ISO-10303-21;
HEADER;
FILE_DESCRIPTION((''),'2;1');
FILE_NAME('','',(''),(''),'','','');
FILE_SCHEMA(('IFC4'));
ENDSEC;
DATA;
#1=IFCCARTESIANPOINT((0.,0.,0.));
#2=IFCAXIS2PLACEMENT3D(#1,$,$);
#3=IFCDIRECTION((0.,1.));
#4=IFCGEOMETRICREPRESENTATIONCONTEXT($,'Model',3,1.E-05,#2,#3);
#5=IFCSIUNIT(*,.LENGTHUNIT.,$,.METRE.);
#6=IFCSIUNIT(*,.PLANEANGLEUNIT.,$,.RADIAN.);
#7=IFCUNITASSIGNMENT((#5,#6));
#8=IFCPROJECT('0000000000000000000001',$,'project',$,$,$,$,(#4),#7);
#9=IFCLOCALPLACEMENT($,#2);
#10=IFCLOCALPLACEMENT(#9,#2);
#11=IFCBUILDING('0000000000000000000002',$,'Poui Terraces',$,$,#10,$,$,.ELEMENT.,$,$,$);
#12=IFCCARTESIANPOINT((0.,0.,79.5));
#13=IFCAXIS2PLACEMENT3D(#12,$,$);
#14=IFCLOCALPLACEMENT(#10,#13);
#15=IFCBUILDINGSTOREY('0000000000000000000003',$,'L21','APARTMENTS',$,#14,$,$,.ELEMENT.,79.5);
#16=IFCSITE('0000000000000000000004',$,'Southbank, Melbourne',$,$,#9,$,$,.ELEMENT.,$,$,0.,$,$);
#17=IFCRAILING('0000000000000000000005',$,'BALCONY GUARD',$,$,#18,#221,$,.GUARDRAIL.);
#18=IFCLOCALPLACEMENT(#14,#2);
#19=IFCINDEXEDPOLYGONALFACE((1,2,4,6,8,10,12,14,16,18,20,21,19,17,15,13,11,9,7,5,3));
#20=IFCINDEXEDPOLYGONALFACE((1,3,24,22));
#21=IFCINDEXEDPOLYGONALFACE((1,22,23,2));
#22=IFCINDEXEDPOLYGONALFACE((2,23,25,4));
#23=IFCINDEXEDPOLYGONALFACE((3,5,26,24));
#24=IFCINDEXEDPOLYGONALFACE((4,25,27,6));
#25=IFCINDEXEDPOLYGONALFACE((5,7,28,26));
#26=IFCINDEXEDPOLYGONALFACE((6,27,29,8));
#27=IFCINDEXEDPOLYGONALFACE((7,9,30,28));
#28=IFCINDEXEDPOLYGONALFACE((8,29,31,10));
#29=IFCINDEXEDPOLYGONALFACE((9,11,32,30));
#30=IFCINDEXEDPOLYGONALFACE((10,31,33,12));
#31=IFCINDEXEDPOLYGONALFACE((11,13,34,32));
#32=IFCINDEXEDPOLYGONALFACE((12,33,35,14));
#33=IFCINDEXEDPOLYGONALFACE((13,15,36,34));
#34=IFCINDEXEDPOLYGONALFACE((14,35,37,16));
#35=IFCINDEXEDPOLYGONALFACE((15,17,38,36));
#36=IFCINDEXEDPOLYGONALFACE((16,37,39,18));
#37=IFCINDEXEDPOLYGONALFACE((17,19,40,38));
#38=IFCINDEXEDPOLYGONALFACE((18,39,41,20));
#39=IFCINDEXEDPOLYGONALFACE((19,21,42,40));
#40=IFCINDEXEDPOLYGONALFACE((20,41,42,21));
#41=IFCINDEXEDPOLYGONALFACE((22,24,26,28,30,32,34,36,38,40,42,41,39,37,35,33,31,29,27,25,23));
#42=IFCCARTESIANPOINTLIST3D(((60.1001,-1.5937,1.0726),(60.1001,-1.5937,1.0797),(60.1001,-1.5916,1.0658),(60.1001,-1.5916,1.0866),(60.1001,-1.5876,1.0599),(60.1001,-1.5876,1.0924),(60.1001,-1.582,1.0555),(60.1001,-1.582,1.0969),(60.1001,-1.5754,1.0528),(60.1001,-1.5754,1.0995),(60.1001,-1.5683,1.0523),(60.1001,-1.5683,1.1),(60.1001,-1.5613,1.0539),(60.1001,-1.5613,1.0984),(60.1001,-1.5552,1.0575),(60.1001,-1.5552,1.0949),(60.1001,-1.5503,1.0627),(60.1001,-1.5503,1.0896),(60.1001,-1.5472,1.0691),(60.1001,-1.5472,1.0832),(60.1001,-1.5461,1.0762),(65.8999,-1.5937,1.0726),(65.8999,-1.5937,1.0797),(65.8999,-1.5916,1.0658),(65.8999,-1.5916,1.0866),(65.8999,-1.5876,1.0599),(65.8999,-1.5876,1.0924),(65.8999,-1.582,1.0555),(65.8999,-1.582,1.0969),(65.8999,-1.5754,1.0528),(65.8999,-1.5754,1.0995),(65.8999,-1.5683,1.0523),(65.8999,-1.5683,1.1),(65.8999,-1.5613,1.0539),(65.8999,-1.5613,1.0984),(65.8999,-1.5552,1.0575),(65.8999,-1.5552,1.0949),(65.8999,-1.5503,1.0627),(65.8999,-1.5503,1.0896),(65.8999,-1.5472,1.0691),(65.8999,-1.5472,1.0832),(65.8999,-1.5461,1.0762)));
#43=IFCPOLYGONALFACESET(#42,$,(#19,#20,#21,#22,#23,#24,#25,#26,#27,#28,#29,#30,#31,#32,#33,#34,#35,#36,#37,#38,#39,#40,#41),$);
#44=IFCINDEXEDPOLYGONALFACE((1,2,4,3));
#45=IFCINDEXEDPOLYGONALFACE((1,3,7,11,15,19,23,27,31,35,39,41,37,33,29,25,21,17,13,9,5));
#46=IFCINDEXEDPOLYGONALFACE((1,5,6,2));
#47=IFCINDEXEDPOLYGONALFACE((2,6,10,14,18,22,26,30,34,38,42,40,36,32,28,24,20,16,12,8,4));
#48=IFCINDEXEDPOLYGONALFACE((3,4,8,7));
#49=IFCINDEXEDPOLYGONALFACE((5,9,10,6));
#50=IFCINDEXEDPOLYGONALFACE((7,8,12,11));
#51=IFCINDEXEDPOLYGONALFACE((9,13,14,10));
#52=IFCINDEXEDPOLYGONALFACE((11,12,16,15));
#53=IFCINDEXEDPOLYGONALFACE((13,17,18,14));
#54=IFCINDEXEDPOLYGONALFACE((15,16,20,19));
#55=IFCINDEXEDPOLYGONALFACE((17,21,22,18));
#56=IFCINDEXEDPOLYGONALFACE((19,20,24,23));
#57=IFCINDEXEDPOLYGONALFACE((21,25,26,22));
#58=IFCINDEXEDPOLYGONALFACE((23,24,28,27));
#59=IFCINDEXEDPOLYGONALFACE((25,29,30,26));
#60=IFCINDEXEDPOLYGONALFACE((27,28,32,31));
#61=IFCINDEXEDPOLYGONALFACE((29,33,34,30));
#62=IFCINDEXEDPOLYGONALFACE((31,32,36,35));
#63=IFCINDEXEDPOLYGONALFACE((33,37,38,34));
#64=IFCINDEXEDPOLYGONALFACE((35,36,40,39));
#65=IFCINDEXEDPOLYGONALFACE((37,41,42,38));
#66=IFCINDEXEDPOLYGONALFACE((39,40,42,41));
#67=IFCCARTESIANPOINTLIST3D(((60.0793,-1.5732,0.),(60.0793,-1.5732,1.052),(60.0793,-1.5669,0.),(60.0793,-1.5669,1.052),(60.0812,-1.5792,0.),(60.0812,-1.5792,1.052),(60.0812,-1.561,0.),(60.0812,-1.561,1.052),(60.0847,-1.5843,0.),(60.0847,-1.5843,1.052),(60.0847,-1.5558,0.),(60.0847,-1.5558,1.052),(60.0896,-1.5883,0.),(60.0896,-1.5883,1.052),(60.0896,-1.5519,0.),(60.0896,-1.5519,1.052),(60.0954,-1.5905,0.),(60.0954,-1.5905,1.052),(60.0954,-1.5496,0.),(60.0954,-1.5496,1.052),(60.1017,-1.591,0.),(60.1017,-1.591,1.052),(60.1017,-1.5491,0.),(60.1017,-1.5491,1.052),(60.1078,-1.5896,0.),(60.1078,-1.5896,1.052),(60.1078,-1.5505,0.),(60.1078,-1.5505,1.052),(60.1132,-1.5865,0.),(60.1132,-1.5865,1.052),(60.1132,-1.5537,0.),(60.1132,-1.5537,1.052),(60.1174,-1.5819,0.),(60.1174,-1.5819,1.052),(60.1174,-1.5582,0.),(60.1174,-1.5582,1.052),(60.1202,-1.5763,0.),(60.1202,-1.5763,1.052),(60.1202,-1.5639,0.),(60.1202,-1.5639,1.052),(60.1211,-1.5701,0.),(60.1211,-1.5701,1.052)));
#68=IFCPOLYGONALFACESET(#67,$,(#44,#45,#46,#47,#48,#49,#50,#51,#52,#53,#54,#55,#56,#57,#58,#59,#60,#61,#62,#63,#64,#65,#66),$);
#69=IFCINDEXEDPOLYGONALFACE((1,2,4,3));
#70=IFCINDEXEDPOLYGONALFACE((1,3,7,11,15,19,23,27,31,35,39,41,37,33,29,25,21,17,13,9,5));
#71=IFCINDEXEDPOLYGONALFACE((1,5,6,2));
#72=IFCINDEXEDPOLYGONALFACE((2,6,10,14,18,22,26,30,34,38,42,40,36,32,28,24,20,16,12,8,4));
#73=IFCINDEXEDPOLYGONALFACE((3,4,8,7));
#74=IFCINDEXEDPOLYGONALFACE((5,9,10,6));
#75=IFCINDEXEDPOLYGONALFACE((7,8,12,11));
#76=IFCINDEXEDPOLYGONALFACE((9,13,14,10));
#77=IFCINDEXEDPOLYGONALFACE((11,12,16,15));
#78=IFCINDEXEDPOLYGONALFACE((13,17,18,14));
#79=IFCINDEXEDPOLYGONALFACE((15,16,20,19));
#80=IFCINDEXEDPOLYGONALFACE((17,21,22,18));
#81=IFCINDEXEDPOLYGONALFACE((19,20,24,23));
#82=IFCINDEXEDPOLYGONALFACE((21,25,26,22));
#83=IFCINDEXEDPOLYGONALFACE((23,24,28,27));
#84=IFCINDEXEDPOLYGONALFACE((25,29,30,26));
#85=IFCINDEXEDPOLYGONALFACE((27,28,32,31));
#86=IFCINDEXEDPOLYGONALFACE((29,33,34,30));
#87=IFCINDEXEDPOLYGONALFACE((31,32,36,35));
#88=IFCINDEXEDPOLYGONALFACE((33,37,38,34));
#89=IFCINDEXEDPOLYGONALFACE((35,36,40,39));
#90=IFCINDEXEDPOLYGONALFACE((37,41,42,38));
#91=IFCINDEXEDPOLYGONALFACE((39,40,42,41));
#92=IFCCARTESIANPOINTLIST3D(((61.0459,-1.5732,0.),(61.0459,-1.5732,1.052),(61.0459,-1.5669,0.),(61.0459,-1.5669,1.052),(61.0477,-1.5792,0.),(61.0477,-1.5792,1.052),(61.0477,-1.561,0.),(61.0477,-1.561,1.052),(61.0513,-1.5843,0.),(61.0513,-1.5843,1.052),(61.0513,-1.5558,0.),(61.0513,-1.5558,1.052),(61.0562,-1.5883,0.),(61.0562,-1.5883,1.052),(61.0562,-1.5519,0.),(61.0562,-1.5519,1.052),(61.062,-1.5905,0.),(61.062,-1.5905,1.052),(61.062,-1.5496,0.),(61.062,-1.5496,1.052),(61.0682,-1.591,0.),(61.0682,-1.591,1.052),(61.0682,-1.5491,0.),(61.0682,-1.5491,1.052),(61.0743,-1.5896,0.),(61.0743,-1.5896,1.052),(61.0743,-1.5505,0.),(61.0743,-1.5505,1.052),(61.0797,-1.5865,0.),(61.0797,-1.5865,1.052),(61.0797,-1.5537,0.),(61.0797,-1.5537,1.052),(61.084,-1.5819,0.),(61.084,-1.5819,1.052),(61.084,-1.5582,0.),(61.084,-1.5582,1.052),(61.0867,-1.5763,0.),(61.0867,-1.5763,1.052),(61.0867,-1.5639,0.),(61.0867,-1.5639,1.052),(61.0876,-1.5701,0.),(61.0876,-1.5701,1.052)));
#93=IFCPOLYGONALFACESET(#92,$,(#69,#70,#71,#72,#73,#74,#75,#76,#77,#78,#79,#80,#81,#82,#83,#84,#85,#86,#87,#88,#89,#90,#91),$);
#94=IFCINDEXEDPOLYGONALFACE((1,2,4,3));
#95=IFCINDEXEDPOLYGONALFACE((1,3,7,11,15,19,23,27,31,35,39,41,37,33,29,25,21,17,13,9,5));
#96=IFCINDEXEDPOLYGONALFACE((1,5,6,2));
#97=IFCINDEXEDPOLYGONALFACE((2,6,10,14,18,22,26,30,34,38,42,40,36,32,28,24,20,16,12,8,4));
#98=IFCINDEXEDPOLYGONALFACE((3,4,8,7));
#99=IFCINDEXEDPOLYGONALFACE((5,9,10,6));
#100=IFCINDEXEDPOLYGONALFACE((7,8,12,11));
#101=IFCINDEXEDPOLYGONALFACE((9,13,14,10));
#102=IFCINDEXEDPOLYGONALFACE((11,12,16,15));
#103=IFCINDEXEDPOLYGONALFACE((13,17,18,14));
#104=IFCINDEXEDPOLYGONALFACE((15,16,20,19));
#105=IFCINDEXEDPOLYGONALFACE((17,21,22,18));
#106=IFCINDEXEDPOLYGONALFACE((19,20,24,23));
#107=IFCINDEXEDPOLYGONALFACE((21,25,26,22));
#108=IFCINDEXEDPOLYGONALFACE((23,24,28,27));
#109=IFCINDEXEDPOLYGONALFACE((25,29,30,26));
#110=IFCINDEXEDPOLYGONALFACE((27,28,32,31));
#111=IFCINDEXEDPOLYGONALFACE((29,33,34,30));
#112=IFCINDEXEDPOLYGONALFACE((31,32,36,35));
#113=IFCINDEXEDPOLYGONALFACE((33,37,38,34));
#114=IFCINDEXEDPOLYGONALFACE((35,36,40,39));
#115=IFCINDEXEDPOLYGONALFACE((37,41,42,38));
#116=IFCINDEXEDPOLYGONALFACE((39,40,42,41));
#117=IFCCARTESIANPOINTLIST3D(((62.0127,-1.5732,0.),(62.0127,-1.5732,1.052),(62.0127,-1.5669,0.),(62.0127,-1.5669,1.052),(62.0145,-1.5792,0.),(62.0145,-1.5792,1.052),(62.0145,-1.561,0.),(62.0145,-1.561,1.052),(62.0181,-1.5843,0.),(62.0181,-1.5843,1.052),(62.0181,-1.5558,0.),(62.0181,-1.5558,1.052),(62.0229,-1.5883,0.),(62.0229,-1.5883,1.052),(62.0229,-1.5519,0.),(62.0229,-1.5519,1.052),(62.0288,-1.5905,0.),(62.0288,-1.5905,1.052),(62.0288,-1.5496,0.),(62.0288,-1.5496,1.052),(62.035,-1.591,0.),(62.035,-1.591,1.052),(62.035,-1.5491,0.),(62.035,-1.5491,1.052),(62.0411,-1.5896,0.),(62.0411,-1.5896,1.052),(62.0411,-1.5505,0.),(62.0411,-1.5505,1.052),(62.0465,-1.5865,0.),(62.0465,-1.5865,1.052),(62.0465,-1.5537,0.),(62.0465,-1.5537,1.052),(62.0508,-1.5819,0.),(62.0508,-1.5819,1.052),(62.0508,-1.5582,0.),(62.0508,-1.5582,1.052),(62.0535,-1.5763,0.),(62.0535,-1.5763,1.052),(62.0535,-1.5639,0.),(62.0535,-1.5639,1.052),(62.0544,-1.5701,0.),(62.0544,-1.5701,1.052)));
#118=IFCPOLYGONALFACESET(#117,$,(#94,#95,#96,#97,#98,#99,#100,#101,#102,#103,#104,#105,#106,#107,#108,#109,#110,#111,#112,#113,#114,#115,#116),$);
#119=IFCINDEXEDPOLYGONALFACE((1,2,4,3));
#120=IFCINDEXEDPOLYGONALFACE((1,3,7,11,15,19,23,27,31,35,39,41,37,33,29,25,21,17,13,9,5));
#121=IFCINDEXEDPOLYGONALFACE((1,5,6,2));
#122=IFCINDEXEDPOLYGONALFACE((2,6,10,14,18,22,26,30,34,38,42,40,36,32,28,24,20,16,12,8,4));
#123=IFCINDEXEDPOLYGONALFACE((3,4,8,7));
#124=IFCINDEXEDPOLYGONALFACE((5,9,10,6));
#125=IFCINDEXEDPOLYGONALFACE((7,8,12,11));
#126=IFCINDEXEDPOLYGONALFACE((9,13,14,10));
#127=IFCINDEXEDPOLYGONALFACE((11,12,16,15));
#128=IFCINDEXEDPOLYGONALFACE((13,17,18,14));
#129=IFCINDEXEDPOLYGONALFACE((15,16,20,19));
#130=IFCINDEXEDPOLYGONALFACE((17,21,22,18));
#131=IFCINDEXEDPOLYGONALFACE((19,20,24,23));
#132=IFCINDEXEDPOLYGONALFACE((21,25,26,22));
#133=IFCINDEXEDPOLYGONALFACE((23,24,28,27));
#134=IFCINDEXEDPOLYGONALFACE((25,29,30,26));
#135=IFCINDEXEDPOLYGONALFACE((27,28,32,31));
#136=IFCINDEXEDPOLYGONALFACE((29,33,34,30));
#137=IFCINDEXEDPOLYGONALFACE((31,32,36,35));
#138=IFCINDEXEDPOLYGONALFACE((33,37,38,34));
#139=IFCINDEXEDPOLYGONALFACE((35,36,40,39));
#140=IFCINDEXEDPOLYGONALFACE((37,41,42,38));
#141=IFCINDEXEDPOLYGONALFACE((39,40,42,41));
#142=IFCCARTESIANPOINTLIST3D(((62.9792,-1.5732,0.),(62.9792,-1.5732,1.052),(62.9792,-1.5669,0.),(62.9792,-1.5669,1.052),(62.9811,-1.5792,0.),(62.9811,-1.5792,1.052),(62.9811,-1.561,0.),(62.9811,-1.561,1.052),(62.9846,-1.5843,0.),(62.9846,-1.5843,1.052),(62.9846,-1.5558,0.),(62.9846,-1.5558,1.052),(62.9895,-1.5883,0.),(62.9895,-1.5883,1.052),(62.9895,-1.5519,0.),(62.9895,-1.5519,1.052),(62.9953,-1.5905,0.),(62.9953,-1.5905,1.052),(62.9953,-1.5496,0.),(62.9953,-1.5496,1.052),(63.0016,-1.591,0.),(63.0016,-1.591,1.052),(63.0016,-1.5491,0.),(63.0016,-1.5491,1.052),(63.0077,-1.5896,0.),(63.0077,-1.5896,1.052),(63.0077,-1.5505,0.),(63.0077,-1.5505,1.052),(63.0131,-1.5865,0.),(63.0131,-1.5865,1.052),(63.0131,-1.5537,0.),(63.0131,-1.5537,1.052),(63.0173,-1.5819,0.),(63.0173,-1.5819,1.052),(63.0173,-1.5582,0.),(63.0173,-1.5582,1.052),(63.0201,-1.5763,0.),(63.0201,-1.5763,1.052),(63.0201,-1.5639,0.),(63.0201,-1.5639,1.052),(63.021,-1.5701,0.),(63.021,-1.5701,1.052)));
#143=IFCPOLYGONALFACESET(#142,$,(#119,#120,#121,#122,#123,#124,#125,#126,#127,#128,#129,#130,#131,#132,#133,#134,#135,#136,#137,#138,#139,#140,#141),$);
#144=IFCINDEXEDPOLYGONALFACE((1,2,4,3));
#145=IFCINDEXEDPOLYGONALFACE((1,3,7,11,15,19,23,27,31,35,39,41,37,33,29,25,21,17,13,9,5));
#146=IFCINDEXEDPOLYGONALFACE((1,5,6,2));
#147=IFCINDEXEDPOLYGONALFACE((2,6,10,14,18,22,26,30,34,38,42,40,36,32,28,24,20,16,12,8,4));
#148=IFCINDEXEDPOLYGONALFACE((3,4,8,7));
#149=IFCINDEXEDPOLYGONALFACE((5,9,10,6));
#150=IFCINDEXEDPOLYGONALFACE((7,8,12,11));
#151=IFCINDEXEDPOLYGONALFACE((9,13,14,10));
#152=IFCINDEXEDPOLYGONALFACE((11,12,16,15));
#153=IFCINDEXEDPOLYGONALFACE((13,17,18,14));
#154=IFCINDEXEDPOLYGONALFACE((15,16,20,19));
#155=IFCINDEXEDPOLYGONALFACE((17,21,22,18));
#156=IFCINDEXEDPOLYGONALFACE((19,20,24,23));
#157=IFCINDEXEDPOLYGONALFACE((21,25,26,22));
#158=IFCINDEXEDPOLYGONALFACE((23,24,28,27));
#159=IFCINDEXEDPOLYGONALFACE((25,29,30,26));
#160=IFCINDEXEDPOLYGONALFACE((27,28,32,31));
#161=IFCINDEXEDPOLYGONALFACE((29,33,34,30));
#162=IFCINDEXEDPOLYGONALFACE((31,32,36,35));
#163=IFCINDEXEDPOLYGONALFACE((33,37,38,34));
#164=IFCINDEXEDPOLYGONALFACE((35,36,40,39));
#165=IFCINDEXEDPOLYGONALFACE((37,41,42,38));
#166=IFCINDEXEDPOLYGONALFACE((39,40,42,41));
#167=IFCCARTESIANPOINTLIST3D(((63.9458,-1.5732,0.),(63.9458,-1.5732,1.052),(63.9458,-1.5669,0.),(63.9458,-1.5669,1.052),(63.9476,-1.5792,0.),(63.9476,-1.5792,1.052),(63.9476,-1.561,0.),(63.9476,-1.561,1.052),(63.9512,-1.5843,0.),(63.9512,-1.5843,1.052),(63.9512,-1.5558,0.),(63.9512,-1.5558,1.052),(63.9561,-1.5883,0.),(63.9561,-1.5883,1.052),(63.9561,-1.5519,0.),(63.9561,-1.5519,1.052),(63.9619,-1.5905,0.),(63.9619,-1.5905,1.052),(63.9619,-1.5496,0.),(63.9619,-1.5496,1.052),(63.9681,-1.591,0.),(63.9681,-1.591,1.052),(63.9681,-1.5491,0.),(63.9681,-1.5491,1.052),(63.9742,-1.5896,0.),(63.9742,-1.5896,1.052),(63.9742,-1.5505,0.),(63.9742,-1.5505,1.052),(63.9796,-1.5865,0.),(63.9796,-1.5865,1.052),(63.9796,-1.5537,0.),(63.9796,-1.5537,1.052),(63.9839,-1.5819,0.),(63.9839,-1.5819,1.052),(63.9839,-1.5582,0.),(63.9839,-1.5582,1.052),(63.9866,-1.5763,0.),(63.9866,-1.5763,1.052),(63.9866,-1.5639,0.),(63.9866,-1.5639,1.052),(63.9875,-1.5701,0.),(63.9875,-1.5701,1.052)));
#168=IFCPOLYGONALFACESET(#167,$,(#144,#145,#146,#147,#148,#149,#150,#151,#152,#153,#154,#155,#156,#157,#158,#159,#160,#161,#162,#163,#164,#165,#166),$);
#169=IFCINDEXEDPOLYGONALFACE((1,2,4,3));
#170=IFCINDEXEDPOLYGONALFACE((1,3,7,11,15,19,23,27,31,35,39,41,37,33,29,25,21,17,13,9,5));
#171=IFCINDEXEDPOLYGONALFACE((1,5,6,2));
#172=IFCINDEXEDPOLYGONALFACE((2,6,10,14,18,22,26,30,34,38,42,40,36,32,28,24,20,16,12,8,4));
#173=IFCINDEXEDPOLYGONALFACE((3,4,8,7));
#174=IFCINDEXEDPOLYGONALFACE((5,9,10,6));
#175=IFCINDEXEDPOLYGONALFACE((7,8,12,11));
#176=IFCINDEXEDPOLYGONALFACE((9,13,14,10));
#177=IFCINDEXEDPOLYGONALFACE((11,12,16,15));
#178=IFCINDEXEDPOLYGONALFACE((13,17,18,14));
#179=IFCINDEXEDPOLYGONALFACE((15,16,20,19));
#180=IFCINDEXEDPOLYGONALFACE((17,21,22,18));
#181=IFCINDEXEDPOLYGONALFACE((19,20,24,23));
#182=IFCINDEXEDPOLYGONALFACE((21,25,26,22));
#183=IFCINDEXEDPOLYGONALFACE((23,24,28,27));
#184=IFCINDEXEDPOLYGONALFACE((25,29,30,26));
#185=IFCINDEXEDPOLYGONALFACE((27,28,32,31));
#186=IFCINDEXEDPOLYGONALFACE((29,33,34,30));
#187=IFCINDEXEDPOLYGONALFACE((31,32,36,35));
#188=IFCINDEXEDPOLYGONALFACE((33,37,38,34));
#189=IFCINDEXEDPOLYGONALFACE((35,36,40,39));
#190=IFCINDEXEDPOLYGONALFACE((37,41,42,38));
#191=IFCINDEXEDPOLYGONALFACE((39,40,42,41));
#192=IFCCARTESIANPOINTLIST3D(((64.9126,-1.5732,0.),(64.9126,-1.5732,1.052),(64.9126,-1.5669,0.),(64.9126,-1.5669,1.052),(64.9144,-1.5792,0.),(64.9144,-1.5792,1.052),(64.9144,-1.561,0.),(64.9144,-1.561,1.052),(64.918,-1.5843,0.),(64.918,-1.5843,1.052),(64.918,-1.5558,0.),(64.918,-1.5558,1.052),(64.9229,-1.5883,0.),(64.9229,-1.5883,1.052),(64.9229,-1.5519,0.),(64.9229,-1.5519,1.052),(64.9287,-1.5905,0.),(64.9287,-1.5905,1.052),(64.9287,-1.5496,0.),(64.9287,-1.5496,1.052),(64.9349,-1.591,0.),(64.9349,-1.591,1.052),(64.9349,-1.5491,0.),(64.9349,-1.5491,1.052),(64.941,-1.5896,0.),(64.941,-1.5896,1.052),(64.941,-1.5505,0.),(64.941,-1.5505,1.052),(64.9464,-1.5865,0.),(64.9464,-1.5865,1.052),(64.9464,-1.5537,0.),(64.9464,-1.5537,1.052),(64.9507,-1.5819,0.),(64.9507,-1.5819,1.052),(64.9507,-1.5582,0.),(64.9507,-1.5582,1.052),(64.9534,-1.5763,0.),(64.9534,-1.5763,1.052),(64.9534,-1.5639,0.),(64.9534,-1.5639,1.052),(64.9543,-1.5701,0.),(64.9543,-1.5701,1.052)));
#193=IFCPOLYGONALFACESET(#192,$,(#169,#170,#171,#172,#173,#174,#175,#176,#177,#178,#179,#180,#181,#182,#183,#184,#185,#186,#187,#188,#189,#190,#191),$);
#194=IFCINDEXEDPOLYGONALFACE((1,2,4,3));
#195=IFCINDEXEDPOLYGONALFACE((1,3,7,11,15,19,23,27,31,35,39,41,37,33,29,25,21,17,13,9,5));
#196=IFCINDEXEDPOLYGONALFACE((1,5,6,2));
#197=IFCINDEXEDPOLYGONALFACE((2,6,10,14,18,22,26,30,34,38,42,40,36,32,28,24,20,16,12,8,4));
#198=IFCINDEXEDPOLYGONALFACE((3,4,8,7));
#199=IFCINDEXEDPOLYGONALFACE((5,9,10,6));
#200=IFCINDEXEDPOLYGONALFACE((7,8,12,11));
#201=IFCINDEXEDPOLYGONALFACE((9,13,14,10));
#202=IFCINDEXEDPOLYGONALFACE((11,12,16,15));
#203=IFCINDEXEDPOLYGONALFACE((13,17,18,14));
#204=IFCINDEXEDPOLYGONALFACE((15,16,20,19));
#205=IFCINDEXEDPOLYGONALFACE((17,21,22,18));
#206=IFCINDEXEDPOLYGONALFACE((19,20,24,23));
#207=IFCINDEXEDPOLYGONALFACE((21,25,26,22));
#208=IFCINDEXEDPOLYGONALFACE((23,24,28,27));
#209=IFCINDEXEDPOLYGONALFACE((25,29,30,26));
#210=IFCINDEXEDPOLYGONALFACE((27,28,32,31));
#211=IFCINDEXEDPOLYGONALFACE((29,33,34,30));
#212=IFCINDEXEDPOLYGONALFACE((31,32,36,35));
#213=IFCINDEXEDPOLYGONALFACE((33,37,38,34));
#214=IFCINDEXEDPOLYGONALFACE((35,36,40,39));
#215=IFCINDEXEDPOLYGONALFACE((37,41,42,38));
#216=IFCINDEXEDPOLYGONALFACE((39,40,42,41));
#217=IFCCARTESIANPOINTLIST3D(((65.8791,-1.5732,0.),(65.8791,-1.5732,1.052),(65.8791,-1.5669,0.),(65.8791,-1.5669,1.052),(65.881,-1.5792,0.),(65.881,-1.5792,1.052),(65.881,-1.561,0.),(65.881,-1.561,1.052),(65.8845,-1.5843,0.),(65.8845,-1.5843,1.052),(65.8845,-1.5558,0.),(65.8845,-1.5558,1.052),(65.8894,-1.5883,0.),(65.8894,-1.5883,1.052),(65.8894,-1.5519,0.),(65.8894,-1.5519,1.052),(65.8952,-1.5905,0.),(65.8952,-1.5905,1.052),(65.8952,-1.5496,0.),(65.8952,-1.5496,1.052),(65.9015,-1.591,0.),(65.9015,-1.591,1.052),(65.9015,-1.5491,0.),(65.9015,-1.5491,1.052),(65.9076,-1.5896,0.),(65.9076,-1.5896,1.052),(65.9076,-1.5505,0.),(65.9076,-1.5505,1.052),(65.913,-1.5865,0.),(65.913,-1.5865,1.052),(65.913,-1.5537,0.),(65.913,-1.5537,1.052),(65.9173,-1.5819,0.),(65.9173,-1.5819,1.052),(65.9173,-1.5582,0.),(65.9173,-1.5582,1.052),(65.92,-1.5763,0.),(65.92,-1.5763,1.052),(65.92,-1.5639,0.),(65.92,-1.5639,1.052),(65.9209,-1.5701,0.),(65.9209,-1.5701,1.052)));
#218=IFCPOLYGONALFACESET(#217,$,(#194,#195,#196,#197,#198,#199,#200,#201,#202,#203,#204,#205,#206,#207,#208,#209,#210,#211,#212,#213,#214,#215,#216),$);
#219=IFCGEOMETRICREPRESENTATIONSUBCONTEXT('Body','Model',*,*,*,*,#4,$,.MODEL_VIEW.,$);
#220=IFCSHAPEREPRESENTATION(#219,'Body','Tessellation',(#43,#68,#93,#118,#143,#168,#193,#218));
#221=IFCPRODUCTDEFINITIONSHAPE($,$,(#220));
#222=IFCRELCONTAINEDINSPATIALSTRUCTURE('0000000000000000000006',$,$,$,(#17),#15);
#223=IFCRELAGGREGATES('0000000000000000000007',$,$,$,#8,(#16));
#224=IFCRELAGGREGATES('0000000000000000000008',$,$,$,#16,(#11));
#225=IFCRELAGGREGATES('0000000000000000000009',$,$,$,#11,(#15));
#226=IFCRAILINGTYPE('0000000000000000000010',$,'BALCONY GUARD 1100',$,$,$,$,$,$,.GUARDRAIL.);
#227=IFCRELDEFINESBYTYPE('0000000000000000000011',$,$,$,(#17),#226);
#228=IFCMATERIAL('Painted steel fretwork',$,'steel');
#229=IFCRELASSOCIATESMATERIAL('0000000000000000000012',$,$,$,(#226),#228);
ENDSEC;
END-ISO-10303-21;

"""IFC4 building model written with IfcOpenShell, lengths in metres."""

from ifc_helpers import new_model, si_unit, direction, frame, origin, origin_2d, place, context, subcontext, project, spatial, circle, extrude, material, type_object, element, save


model = new_model("IFC4")

# Units and contexts
model_context = context("Model", 3, precision=1e-05, world=origin(), true_north=direction((0.0, 1.0)))
body_context = subcontext(model_context, "Body", "Model", "MODEL_VIEW")
ifc_project = project(units=[si_unit("LENGTHUNIT", "METRE"), si_unit("PLANEANGLEUNIT", "RADIAN")], contexts=[model_context])

# Site, building, storey
site_placement = place(None, origin())
site = spatial("IfcSite", under=ifc_project, at=site_placement, Name="Southbank, Melbourne", CompositionType="ELEMENT", RefElevation=0.0)
building_placement = place(site_placement, origin())
building = spatial("IfcBuilding", under=site, at=building_placement, Name="Poui Terraces", CompositionType="ELEMENT")
storey_placement = place(building_placement, frame((0.0, 0.0, 79.5)))
storey = spatial("IfcBuildingStorey", under=building, at=storey_placement, Name="L21", Description="APARTMENTS", CompositionType="ELEMENT", Elevation=79.5)

# Railing
ifc_material_1 = material(Name="Painted steel fretwork", Category="steel")
railing_type = type_object("IfcRailingType", Name="BALCONY GUARD 1100", PredefinedType="GUARDRAIL", material=ifc_material_1)
railing_placement = place(storey_placement, frame((60.1001, -1.5701, 0.0)))
element("IfcRailing", 1, at=railing_placement, inside=storey, type_object=railing_type, Name="BALCONY GUARD", PredefinedType="GUARDRAIL", context=body_context, shape_type="SweptSolid", body=[
    extrude(circle(Radius=0.0239, at=origin_2d()), frame((0.0, 0.0, 1.0762), z_axis=(1.0, 0.0, 0.0), x_axis=(0.0, 1.0, 0.0)), (0.0, 0.0, 1.0), 5.7998),
    extrude(circle(Radius=0.021, at=origin_2d()), origin(), (0.0, 0.0, 1.0), 1.052),
    extrude(circle(Radius=0.021, at=origin_2d()), frame((0.9666, 0.0, 0.0)), (0.0, 0.0, 1.0), 1.052),
    extrude(circle(Radius=0.021, at=origin_2d()), frame((1.9333, 0.0, 0.0)), (0.0, 0.0, 1.0), 1.052),
    extrude(circle(Radius=0.021, at=origin_2d()), frame((2.8999, 0.0, 0.0)), (0.0, 0.0, 1.0), 1.052),
    extrude(circle(Radius=0.021, at=origin_2d()), frame((3.8665, 0.0, 0.0)), (0.0, 0.0, 1.0), 1.052),
    extrude(circle(Radius=0.021, at=origin_2d()), frame((4.8333, 0.0, 0.0)), (0.0, 0.0, 1.0), 1.052),
    extrude(circle(Radius=0.021, at=origin_2d()), frame((5.7998, 0.0, 0.0)), (0.0, 0.0, 1.0), 1.052),
])

save(model, "model.ifc")
